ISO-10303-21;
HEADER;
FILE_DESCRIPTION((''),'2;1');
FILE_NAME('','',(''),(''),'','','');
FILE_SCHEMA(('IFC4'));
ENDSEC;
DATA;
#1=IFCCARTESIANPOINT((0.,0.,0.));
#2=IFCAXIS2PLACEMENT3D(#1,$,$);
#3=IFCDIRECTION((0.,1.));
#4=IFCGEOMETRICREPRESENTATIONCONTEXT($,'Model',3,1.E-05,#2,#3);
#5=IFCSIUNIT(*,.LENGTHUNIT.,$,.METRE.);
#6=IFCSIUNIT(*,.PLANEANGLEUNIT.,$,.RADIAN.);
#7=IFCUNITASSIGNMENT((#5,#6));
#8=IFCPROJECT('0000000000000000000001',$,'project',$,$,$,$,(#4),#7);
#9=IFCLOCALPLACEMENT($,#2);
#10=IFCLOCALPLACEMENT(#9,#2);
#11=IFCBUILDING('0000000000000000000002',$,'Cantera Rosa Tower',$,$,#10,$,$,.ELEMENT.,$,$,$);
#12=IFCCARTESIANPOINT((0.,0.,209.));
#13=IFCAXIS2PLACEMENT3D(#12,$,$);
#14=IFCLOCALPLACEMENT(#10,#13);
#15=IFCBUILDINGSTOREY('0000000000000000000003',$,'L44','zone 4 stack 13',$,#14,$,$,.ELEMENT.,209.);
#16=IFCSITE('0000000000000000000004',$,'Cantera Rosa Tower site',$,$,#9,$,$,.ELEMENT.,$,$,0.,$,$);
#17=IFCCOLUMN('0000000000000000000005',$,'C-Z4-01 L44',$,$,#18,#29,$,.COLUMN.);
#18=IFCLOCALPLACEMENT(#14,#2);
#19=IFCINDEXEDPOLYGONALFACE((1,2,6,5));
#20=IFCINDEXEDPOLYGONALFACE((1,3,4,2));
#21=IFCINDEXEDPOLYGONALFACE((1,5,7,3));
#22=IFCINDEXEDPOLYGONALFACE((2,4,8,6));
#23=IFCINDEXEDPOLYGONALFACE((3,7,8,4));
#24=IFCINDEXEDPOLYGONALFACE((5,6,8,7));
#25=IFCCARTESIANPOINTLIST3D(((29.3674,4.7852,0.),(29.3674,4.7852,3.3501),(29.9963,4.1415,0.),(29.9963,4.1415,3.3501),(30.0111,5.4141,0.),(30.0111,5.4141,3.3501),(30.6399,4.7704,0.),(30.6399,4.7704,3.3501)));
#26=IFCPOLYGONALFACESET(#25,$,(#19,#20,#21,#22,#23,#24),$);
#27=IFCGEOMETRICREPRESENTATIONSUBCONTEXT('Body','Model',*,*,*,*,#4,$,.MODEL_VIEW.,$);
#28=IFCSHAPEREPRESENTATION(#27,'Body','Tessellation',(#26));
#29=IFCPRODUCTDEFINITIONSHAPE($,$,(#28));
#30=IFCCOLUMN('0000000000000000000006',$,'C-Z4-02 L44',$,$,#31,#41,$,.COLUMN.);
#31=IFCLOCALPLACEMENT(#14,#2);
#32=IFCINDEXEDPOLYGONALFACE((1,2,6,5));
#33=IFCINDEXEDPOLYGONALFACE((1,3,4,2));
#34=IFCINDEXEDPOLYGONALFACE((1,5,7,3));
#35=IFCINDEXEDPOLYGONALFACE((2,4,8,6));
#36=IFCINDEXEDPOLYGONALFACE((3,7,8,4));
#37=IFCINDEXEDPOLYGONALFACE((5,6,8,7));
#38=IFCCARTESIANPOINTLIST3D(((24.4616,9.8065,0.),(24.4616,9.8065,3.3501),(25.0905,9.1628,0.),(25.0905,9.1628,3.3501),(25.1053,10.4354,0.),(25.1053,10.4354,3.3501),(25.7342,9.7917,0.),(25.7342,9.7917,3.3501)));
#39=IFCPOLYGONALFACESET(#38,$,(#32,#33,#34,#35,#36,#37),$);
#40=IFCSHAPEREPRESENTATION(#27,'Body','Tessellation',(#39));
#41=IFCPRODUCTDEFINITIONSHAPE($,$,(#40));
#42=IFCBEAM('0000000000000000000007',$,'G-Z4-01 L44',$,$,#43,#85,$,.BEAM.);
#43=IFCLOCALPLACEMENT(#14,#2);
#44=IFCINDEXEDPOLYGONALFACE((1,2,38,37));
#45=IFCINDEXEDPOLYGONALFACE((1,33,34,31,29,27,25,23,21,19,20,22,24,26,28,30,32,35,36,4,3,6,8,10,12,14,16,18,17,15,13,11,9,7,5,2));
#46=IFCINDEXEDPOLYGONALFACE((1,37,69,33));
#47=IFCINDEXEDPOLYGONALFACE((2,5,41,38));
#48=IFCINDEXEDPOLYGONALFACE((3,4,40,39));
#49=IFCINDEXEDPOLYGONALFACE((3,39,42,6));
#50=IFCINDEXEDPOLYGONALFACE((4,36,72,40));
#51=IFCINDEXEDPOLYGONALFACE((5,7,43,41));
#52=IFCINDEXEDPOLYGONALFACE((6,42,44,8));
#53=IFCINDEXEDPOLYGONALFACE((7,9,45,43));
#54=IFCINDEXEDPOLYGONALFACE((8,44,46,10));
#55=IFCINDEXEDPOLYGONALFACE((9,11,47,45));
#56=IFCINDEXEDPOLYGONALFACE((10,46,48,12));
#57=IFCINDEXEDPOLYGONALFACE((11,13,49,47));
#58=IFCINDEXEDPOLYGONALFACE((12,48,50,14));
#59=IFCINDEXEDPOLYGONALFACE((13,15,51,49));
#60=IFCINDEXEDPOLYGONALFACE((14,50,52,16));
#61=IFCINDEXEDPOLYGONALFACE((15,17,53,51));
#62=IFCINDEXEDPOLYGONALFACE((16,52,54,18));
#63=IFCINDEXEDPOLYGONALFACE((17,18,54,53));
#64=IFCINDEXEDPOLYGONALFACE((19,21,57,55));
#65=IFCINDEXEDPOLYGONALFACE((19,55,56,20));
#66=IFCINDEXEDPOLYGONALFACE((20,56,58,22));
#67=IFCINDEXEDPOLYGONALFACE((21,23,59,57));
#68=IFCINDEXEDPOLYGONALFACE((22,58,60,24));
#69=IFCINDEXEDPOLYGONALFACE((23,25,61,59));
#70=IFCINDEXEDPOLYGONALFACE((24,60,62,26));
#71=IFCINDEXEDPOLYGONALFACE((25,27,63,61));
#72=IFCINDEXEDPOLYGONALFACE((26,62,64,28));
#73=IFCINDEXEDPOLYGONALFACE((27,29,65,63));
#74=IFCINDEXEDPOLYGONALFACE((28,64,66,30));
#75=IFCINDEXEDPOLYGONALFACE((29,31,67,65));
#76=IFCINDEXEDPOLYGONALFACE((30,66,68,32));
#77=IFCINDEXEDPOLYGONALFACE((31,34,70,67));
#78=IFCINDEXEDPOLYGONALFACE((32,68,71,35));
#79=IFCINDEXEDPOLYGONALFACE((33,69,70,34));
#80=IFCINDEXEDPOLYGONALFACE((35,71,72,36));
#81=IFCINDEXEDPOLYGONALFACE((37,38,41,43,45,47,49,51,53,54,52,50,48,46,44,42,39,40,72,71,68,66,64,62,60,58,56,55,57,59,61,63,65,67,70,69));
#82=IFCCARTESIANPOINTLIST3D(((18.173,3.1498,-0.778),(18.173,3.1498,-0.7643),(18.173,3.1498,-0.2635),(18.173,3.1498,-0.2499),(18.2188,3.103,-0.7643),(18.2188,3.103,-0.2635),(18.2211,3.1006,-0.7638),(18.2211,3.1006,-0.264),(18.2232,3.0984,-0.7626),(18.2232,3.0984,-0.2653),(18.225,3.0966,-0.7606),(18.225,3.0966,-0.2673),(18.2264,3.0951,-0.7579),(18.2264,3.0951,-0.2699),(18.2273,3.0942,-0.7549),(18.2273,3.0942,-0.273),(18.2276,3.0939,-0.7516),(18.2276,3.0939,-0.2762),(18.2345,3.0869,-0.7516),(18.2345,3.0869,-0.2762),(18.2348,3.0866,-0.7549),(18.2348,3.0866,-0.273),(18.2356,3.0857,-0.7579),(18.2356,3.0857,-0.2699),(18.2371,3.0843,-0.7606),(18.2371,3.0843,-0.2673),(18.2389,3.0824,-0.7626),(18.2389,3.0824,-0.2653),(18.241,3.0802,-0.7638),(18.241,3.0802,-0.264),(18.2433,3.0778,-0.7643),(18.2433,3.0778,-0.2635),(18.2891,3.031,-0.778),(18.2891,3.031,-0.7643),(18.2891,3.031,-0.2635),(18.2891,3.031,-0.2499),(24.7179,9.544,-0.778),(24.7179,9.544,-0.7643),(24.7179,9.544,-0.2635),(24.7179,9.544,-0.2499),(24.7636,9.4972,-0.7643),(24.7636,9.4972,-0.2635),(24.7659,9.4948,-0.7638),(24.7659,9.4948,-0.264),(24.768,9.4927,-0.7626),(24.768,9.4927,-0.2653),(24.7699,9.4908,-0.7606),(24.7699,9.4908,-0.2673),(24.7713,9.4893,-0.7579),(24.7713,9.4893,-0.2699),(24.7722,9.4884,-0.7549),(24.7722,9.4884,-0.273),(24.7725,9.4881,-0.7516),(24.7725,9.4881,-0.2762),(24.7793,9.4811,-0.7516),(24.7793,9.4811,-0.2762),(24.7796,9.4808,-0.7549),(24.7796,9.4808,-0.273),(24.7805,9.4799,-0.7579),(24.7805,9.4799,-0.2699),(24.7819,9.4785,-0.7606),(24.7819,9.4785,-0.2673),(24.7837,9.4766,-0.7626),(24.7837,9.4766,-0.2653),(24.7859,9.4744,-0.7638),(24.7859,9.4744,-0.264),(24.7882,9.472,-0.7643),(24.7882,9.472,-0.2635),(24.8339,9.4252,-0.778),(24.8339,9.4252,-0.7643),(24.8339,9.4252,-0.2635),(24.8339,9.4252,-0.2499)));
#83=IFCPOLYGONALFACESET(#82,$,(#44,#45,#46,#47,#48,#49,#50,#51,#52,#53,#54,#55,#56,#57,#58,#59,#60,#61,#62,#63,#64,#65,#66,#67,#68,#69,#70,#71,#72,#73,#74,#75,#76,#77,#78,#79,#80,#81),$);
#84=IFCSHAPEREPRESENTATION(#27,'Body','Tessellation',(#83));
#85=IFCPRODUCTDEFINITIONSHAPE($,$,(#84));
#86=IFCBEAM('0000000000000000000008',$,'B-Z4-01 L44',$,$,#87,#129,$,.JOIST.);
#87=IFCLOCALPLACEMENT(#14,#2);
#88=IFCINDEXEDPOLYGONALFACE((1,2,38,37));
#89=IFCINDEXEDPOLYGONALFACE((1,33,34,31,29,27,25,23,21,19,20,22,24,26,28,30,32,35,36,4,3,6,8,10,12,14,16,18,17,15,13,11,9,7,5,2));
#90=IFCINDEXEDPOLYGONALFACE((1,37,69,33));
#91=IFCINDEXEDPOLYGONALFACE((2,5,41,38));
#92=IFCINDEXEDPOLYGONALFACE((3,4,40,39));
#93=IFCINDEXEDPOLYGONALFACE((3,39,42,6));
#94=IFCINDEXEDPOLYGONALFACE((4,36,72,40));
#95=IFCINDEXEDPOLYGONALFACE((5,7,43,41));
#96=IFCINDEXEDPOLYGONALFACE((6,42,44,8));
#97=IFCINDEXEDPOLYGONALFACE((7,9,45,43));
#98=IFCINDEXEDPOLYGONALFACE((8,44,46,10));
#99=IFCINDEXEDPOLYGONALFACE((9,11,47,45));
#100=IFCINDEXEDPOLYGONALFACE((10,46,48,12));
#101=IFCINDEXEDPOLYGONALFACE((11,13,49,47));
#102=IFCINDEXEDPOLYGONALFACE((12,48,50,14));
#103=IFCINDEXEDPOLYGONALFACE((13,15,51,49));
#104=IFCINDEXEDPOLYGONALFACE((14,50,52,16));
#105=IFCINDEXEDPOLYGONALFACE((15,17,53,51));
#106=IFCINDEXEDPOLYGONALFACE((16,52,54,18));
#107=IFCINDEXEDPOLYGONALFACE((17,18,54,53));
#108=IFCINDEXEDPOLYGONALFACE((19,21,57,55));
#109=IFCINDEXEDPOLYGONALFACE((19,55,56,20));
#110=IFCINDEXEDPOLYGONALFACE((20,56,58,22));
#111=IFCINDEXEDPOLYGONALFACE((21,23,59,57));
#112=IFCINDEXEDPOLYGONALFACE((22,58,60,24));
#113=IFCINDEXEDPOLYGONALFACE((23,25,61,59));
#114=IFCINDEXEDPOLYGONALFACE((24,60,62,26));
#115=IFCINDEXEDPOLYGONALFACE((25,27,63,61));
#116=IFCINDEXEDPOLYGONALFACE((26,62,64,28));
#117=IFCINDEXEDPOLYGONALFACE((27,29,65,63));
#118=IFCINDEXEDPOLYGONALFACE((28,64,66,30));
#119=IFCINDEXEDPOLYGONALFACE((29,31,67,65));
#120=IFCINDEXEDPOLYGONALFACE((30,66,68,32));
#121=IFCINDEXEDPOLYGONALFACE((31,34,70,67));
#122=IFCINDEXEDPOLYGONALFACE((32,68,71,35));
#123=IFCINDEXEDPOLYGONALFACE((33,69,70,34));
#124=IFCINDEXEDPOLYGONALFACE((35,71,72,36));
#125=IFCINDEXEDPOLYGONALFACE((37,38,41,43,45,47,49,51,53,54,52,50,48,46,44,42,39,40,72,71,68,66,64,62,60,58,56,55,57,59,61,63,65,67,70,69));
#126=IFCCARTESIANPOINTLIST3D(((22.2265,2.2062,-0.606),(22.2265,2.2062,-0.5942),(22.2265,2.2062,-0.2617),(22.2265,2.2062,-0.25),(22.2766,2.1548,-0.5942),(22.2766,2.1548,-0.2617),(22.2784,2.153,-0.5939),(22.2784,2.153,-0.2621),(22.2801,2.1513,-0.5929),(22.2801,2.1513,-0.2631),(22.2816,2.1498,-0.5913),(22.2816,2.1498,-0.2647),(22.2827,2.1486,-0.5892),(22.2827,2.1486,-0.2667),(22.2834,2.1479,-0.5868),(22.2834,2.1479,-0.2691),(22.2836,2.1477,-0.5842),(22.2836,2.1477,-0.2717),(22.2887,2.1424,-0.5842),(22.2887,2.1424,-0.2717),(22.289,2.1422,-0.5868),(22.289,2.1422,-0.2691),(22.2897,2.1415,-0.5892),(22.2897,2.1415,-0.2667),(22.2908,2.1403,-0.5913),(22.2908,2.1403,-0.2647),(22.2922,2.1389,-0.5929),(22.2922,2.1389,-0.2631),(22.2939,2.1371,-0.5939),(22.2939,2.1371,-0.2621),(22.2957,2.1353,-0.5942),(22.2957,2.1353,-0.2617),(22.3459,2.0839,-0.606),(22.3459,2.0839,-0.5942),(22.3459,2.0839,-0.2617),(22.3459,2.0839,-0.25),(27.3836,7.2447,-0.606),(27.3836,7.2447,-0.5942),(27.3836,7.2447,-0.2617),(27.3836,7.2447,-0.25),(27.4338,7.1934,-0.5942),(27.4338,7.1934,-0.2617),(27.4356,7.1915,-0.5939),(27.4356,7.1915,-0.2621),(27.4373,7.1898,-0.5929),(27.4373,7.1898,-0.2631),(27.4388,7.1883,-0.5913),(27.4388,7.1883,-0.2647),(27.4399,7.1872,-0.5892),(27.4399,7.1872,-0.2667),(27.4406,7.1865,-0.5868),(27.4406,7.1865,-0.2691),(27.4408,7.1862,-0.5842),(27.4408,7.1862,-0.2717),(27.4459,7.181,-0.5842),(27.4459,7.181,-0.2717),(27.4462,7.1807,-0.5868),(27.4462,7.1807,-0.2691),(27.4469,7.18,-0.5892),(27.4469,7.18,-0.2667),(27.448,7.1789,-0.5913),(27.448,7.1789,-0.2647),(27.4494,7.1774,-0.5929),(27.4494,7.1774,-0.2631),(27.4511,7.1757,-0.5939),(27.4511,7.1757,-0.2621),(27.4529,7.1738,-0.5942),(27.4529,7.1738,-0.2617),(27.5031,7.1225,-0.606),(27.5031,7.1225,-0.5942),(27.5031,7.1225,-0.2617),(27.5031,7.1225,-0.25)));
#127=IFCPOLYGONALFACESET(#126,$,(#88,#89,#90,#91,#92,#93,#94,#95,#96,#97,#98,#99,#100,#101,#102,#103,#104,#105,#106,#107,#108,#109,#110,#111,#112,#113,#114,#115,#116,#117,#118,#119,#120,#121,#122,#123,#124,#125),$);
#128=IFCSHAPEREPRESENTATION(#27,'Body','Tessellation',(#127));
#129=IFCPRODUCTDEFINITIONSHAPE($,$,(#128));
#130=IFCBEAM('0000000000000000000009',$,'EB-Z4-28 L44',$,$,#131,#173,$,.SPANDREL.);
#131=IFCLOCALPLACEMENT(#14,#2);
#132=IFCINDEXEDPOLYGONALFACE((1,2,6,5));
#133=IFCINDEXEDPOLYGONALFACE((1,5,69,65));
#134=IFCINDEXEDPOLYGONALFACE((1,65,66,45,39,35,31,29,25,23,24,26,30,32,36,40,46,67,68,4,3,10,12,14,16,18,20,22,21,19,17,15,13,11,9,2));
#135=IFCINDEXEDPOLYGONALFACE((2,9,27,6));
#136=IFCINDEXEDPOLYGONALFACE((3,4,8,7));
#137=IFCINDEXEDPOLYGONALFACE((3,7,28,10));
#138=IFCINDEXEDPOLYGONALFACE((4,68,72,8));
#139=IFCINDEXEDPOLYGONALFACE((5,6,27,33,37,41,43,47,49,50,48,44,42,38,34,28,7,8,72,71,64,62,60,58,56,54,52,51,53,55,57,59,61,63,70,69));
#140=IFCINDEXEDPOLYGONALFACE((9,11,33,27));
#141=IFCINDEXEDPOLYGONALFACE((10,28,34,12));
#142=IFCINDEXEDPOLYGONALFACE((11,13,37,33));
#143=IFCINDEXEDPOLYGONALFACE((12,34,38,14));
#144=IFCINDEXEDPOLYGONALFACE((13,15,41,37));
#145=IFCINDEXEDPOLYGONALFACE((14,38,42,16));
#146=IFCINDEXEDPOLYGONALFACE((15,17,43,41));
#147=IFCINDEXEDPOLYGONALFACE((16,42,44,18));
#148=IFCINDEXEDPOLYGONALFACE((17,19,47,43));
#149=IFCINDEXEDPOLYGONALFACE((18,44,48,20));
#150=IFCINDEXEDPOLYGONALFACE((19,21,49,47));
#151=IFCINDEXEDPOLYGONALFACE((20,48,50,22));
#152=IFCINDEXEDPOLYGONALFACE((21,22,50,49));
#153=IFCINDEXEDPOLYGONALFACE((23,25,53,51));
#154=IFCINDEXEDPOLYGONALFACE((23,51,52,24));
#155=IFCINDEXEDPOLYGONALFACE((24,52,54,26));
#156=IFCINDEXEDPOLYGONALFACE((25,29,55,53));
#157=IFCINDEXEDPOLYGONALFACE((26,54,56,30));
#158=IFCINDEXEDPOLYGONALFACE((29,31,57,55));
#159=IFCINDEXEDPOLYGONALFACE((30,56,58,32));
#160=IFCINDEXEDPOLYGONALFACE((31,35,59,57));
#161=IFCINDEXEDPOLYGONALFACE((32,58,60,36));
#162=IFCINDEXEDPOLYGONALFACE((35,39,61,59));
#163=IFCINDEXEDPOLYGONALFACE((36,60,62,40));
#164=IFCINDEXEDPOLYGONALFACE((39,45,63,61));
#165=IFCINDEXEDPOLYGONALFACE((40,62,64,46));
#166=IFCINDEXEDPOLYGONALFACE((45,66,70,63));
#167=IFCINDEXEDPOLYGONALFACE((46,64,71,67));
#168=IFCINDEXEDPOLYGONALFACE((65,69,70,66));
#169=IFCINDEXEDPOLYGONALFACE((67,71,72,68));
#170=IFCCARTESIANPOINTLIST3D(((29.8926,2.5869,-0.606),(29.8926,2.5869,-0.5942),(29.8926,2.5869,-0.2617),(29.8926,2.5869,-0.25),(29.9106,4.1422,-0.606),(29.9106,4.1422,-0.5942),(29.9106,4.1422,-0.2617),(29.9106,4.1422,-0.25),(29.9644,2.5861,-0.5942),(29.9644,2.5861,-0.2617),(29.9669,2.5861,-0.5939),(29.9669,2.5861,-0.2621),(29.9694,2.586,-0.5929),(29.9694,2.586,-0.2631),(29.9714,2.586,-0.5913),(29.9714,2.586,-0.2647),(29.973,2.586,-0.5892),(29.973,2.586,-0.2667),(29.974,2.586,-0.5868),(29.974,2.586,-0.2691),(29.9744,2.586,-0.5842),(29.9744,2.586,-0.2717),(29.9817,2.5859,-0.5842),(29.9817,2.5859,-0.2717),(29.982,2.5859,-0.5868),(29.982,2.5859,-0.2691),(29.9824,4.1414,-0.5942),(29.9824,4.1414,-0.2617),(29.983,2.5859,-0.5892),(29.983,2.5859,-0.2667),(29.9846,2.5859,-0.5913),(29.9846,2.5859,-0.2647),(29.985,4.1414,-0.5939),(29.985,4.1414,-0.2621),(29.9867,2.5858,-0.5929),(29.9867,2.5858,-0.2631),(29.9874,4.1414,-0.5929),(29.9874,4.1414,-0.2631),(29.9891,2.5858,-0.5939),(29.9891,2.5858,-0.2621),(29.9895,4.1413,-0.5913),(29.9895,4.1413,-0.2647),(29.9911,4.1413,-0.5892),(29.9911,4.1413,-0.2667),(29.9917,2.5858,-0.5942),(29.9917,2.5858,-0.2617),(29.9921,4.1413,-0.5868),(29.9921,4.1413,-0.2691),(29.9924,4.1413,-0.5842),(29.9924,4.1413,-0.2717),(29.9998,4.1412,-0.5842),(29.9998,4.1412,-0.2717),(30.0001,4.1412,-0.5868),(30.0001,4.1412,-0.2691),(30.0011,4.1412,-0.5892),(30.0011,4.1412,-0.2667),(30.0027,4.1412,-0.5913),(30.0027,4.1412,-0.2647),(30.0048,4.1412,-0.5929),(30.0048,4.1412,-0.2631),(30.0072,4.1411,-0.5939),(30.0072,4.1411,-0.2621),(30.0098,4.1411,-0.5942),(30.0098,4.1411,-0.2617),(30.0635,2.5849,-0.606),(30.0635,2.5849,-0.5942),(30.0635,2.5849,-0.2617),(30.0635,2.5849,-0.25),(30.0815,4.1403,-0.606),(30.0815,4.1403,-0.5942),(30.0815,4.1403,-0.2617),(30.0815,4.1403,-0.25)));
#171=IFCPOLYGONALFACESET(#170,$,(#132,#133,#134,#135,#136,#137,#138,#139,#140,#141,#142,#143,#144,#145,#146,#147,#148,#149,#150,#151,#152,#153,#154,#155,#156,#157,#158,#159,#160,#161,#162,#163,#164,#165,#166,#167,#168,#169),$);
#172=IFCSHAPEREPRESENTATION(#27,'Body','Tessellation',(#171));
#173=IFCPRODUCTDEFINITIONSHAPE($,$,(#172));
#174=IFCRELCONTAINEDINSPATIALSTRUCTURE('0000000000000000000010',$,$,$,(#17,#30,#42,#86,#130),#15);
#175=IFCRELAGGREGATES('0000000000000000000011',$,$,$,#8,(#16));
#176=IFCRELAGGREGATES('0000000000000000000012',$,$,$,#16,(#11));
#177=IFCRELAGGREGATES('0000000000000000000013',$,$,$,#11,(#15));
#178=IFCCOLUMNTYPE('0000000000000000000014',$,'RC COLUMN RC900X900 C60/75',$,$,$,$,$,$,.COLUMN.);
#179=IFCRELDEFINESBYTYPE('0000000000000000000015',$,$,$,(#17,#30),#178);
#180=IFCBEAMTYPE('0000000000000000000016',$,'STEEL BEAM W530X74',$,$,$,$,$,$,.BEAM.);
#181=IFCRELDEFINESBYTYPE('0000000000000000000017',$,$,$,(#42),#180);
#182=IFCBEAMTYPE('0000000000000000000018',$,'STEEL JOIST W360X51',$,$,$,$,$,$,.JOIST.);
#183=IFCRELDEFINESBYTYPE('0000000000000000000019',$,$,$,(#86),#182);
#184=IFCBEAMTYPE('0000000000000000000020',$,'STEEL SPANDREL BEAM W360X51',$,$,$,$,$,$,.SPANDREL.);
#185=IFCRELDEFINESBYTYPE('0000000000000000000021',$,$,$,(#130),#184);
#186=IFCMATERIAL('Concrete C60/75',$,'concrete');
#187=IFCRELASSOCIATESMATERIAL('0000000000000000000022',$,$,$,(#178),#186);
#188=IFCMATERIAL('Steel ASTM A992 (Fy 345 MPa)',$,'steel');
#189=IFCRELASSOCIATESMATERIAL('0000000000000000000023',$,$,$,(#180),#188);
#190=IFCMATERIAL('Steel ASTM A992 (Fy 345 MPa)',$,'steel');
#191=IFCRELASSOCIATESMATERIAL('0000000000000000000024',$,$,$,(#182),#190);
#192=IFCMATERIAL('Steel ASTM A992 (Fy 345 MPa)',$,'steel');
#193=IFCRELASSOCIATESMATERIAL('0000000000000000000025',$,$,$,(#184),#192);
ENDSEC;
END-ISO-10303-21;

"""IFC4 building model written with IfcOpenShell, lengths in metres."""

from ifc_helpers import new_model, si_unit, direction, frame, origin, origin_2d, place, context, subcontext, project, spatial, rectangle, i_section, extrude, material, material_profile, profile_set, type_object, element, save


model = new_model("IFC4")

# Units and contexts
model_context = context("Model", 3, precision=1e-05, world=origin(), true_north=direction((0.0, 1.0)))
body_context = subcontext(model_context, "Body", "Model", "MODEL_VIEW")
ifc_project = project(units=[si_unit("LENGTHUNIT", "METRE"), si_unit("PLANEANGLEUNIT", "RADIAN")], contexts=[model_context])

# Site, building, storey
site_placement = place(None, origin())
site = spatial("IfcSite", under=ifc_project, at=site_placement, Name="Cantera Rosa Tower site", CompositionType="ELEMENT", RefElevation=0.0)
building_placement = place(site_placement, origin())
building = spatial("IfcBuilding", under=site, at=building_placement, Name="Cantera Rosa Tower", CompositionType="ELEMENT")
storey_placement = place(building_placement, frame((0.0, 0.0, 209.0)))
storey = spatial("IfcBuildingStorey", under=building, at=storey_placement, Name="L44", Description="zone 4 stack 13", CompositionType="ELEMENT", Elevation=209.0)

# Columns
ifc_material_1 = material(Name="Concrete C60/75", Category="concrete")
ifc_material_profile_1 = material_profile(ifc_material_1, rectangle(XDim=0.8999, YDim=0.8999, at=origin_2d()), Name="RC COLUMN RC900X900 C60/75")
ifc_profile_set_1 = profile_set([ifc_material_profile_1], Name="Concrete C60/75")
column_type = type_object("IfcColumnType", Name="RC COLUMN RC900X900 C60/75", PredefinedType="COLUMN", material=ifc_profile_set_1)
for number, where, z_axis, x_axis, name in (
    (1, (30.0037, 4.7778, 0.0), (0.0, 0.0, 1.0), (0.715286, 0.698832, 0.0), "C-Z4-01 L44"),
    (2, (25.0979, 9.7991, 0.0), (0.0, 0.0, 1.0), (0.715286, 0.698832, 0.0), "C-Z4-02 L44"),
):
    element("IfcColumn", number, at=place(storey_placement, frame(where, z_axis=z_axis, x_axis=x_axis)), inside=storey, type_object=column_type, Name=name, PredefinedType="COLUMN", context=body_context, shape_type="SweptSolid", body=[
        extrude(rectangle(XDim=0.8999, YDim=0.8999, at=origin_2d()), origin(), (0.0, 0.0, 1.0), 3.3501),
    ])

# Beams
ifc_material_2 = material(Name="Steel ASTM A992 (Fy 345 MPa)", Category="steel")
ifc_material_profile_2 = material_profile(ifc_material_2, i_section(OverallWidth=0.166, OverallDepth=0.5281, WebThickness=0.0098, FlangeThickness=0.0137, FilletRadius=0.0127, at=origin_2d()), Name="W530X74")
ifc_profile_set_2 = profile_set([ifc_material_profile_2], Name="Steel ASTM A992 (Fy 345 MPa)")
beam_type_1 = type_object("IfcBeamType", Name="STEEL BEAM W530X74", PredefinedType="BEAM", material=ifc_profile_set_2)
beam_1_placement = place(storey_placement, frame((24.7759, 9.4846, -0.5139), z_axis=(-0.71529, -0.698827, 0.0), x_axis=(0.698827, -0.71529, 0.0)))
element("IfcBeam", 3, at=beam_1_placement, inside=storey, type_object=beam_type_1, Name="G-Z4-01 L44", PredefinedType="BEAM", context=body_context, shape_type="SweptSolid", body=[
    extrude(i_section(OverallWidth=0.166, OverallDepth=0.5281, WebThickness=0.0098, FlangeThickness=0.0137, FilletRadius=0.0127, at=origin_2d()), origin(), (0.0, 0.0, 1.0), 9.1499),
])
ifc_material_3 = material(Name="Steel ASTM A992 (Fy 345 MPa)", Category="steel")
ifc_material_profile_3 = material_profile(ifc_material_3, i_section(OverallWidth=0.1709, OverallDepth=0.356, WebThickness=0.0073, FlangeThickness=0.0117, FilletRadius=0.01, at=origin_2d()), Name="W360X51")
ifc_profile_set_3 = profile_set([ifc_material_profile_3], Name="Steel ASTM A992 (Fy 345 MPa)")
beam_type_2 = type_object("IfcBeamType", Name="STEEL JOIST W360X51", PredefinedType="JOIST", material=ifc_profile_set_3)
beam_2_placement = place(storey_placement, frame((27.4434, 7.1836, -0.428), z_axis=(-0.715287, -0.698831, 0.0), x_axis=(0.698831, -0.715287, 0.0)))
element("IfcBeam", 4, at=beam_2_placement, inside=storey, type_object=beam_type_2, Name="B-Z4-01 L44", PredefinedType="JOIST", context=body_context, shape_type="SweptSolid", body=[
    extrude(i_section(OverallWidth=0.1709, OverallDepth=0.356, WebThickness=0.0073, FlangeThickness=0.0117, FilletRadius=0.01, at=origin_2d()), origin(), (0.0, 0.0, 1.0), 7.21),
])
ifc_material_4 = material(Name="Steel ASTM A992 (Fy 345 MPa)", Category="steel")
ifc_material_profile_4 = material_profile(ifc_material_4, i_section(OverallWidth=0.1709, OverallDepth=0.356, WebThickness=0.0073, FlangeThickness=0.0117, FilletRadius=0.01, at=origin_2d()), Name="W360X51")
ifc_profile_set_4 = profile_set([ifc_material_profile_4], Name="Steel ASTM A992 (Fy 345 MPa)")
beam_type_3 = type_object("IfcBeamType", Name="STEEL SPANDREL BEAM W360X51", PredefinedType="SPANDREL", material=ifc_profile_set_4)
beam_3_placement = place(storey_placement, frame((29.978, 2.5859, -0.428), z_axis=(0.011614, 0.999933, 0.0), x_axis=(-0.999933, 0.011614, 0.0)))
element("IfcBeam", 5, at=beam_3_placement, inside=storey, type_object=beam_type_3, Name="EB-Z4-28 L44", PredefinedType="SPANDREL", context=body_context, shape_type="SweptSolid", body=[
    extrude(i_section(OverallWidth=0.1709, OverallDepth=0.356, WebThickness=0.0073, FlangeThickness=0.0117, FilletRadius=0.01, at=origin_2d()), origin(), (0.0, 0.0, 1.0), 1.5554),
])

save(model, "model.ifc")
